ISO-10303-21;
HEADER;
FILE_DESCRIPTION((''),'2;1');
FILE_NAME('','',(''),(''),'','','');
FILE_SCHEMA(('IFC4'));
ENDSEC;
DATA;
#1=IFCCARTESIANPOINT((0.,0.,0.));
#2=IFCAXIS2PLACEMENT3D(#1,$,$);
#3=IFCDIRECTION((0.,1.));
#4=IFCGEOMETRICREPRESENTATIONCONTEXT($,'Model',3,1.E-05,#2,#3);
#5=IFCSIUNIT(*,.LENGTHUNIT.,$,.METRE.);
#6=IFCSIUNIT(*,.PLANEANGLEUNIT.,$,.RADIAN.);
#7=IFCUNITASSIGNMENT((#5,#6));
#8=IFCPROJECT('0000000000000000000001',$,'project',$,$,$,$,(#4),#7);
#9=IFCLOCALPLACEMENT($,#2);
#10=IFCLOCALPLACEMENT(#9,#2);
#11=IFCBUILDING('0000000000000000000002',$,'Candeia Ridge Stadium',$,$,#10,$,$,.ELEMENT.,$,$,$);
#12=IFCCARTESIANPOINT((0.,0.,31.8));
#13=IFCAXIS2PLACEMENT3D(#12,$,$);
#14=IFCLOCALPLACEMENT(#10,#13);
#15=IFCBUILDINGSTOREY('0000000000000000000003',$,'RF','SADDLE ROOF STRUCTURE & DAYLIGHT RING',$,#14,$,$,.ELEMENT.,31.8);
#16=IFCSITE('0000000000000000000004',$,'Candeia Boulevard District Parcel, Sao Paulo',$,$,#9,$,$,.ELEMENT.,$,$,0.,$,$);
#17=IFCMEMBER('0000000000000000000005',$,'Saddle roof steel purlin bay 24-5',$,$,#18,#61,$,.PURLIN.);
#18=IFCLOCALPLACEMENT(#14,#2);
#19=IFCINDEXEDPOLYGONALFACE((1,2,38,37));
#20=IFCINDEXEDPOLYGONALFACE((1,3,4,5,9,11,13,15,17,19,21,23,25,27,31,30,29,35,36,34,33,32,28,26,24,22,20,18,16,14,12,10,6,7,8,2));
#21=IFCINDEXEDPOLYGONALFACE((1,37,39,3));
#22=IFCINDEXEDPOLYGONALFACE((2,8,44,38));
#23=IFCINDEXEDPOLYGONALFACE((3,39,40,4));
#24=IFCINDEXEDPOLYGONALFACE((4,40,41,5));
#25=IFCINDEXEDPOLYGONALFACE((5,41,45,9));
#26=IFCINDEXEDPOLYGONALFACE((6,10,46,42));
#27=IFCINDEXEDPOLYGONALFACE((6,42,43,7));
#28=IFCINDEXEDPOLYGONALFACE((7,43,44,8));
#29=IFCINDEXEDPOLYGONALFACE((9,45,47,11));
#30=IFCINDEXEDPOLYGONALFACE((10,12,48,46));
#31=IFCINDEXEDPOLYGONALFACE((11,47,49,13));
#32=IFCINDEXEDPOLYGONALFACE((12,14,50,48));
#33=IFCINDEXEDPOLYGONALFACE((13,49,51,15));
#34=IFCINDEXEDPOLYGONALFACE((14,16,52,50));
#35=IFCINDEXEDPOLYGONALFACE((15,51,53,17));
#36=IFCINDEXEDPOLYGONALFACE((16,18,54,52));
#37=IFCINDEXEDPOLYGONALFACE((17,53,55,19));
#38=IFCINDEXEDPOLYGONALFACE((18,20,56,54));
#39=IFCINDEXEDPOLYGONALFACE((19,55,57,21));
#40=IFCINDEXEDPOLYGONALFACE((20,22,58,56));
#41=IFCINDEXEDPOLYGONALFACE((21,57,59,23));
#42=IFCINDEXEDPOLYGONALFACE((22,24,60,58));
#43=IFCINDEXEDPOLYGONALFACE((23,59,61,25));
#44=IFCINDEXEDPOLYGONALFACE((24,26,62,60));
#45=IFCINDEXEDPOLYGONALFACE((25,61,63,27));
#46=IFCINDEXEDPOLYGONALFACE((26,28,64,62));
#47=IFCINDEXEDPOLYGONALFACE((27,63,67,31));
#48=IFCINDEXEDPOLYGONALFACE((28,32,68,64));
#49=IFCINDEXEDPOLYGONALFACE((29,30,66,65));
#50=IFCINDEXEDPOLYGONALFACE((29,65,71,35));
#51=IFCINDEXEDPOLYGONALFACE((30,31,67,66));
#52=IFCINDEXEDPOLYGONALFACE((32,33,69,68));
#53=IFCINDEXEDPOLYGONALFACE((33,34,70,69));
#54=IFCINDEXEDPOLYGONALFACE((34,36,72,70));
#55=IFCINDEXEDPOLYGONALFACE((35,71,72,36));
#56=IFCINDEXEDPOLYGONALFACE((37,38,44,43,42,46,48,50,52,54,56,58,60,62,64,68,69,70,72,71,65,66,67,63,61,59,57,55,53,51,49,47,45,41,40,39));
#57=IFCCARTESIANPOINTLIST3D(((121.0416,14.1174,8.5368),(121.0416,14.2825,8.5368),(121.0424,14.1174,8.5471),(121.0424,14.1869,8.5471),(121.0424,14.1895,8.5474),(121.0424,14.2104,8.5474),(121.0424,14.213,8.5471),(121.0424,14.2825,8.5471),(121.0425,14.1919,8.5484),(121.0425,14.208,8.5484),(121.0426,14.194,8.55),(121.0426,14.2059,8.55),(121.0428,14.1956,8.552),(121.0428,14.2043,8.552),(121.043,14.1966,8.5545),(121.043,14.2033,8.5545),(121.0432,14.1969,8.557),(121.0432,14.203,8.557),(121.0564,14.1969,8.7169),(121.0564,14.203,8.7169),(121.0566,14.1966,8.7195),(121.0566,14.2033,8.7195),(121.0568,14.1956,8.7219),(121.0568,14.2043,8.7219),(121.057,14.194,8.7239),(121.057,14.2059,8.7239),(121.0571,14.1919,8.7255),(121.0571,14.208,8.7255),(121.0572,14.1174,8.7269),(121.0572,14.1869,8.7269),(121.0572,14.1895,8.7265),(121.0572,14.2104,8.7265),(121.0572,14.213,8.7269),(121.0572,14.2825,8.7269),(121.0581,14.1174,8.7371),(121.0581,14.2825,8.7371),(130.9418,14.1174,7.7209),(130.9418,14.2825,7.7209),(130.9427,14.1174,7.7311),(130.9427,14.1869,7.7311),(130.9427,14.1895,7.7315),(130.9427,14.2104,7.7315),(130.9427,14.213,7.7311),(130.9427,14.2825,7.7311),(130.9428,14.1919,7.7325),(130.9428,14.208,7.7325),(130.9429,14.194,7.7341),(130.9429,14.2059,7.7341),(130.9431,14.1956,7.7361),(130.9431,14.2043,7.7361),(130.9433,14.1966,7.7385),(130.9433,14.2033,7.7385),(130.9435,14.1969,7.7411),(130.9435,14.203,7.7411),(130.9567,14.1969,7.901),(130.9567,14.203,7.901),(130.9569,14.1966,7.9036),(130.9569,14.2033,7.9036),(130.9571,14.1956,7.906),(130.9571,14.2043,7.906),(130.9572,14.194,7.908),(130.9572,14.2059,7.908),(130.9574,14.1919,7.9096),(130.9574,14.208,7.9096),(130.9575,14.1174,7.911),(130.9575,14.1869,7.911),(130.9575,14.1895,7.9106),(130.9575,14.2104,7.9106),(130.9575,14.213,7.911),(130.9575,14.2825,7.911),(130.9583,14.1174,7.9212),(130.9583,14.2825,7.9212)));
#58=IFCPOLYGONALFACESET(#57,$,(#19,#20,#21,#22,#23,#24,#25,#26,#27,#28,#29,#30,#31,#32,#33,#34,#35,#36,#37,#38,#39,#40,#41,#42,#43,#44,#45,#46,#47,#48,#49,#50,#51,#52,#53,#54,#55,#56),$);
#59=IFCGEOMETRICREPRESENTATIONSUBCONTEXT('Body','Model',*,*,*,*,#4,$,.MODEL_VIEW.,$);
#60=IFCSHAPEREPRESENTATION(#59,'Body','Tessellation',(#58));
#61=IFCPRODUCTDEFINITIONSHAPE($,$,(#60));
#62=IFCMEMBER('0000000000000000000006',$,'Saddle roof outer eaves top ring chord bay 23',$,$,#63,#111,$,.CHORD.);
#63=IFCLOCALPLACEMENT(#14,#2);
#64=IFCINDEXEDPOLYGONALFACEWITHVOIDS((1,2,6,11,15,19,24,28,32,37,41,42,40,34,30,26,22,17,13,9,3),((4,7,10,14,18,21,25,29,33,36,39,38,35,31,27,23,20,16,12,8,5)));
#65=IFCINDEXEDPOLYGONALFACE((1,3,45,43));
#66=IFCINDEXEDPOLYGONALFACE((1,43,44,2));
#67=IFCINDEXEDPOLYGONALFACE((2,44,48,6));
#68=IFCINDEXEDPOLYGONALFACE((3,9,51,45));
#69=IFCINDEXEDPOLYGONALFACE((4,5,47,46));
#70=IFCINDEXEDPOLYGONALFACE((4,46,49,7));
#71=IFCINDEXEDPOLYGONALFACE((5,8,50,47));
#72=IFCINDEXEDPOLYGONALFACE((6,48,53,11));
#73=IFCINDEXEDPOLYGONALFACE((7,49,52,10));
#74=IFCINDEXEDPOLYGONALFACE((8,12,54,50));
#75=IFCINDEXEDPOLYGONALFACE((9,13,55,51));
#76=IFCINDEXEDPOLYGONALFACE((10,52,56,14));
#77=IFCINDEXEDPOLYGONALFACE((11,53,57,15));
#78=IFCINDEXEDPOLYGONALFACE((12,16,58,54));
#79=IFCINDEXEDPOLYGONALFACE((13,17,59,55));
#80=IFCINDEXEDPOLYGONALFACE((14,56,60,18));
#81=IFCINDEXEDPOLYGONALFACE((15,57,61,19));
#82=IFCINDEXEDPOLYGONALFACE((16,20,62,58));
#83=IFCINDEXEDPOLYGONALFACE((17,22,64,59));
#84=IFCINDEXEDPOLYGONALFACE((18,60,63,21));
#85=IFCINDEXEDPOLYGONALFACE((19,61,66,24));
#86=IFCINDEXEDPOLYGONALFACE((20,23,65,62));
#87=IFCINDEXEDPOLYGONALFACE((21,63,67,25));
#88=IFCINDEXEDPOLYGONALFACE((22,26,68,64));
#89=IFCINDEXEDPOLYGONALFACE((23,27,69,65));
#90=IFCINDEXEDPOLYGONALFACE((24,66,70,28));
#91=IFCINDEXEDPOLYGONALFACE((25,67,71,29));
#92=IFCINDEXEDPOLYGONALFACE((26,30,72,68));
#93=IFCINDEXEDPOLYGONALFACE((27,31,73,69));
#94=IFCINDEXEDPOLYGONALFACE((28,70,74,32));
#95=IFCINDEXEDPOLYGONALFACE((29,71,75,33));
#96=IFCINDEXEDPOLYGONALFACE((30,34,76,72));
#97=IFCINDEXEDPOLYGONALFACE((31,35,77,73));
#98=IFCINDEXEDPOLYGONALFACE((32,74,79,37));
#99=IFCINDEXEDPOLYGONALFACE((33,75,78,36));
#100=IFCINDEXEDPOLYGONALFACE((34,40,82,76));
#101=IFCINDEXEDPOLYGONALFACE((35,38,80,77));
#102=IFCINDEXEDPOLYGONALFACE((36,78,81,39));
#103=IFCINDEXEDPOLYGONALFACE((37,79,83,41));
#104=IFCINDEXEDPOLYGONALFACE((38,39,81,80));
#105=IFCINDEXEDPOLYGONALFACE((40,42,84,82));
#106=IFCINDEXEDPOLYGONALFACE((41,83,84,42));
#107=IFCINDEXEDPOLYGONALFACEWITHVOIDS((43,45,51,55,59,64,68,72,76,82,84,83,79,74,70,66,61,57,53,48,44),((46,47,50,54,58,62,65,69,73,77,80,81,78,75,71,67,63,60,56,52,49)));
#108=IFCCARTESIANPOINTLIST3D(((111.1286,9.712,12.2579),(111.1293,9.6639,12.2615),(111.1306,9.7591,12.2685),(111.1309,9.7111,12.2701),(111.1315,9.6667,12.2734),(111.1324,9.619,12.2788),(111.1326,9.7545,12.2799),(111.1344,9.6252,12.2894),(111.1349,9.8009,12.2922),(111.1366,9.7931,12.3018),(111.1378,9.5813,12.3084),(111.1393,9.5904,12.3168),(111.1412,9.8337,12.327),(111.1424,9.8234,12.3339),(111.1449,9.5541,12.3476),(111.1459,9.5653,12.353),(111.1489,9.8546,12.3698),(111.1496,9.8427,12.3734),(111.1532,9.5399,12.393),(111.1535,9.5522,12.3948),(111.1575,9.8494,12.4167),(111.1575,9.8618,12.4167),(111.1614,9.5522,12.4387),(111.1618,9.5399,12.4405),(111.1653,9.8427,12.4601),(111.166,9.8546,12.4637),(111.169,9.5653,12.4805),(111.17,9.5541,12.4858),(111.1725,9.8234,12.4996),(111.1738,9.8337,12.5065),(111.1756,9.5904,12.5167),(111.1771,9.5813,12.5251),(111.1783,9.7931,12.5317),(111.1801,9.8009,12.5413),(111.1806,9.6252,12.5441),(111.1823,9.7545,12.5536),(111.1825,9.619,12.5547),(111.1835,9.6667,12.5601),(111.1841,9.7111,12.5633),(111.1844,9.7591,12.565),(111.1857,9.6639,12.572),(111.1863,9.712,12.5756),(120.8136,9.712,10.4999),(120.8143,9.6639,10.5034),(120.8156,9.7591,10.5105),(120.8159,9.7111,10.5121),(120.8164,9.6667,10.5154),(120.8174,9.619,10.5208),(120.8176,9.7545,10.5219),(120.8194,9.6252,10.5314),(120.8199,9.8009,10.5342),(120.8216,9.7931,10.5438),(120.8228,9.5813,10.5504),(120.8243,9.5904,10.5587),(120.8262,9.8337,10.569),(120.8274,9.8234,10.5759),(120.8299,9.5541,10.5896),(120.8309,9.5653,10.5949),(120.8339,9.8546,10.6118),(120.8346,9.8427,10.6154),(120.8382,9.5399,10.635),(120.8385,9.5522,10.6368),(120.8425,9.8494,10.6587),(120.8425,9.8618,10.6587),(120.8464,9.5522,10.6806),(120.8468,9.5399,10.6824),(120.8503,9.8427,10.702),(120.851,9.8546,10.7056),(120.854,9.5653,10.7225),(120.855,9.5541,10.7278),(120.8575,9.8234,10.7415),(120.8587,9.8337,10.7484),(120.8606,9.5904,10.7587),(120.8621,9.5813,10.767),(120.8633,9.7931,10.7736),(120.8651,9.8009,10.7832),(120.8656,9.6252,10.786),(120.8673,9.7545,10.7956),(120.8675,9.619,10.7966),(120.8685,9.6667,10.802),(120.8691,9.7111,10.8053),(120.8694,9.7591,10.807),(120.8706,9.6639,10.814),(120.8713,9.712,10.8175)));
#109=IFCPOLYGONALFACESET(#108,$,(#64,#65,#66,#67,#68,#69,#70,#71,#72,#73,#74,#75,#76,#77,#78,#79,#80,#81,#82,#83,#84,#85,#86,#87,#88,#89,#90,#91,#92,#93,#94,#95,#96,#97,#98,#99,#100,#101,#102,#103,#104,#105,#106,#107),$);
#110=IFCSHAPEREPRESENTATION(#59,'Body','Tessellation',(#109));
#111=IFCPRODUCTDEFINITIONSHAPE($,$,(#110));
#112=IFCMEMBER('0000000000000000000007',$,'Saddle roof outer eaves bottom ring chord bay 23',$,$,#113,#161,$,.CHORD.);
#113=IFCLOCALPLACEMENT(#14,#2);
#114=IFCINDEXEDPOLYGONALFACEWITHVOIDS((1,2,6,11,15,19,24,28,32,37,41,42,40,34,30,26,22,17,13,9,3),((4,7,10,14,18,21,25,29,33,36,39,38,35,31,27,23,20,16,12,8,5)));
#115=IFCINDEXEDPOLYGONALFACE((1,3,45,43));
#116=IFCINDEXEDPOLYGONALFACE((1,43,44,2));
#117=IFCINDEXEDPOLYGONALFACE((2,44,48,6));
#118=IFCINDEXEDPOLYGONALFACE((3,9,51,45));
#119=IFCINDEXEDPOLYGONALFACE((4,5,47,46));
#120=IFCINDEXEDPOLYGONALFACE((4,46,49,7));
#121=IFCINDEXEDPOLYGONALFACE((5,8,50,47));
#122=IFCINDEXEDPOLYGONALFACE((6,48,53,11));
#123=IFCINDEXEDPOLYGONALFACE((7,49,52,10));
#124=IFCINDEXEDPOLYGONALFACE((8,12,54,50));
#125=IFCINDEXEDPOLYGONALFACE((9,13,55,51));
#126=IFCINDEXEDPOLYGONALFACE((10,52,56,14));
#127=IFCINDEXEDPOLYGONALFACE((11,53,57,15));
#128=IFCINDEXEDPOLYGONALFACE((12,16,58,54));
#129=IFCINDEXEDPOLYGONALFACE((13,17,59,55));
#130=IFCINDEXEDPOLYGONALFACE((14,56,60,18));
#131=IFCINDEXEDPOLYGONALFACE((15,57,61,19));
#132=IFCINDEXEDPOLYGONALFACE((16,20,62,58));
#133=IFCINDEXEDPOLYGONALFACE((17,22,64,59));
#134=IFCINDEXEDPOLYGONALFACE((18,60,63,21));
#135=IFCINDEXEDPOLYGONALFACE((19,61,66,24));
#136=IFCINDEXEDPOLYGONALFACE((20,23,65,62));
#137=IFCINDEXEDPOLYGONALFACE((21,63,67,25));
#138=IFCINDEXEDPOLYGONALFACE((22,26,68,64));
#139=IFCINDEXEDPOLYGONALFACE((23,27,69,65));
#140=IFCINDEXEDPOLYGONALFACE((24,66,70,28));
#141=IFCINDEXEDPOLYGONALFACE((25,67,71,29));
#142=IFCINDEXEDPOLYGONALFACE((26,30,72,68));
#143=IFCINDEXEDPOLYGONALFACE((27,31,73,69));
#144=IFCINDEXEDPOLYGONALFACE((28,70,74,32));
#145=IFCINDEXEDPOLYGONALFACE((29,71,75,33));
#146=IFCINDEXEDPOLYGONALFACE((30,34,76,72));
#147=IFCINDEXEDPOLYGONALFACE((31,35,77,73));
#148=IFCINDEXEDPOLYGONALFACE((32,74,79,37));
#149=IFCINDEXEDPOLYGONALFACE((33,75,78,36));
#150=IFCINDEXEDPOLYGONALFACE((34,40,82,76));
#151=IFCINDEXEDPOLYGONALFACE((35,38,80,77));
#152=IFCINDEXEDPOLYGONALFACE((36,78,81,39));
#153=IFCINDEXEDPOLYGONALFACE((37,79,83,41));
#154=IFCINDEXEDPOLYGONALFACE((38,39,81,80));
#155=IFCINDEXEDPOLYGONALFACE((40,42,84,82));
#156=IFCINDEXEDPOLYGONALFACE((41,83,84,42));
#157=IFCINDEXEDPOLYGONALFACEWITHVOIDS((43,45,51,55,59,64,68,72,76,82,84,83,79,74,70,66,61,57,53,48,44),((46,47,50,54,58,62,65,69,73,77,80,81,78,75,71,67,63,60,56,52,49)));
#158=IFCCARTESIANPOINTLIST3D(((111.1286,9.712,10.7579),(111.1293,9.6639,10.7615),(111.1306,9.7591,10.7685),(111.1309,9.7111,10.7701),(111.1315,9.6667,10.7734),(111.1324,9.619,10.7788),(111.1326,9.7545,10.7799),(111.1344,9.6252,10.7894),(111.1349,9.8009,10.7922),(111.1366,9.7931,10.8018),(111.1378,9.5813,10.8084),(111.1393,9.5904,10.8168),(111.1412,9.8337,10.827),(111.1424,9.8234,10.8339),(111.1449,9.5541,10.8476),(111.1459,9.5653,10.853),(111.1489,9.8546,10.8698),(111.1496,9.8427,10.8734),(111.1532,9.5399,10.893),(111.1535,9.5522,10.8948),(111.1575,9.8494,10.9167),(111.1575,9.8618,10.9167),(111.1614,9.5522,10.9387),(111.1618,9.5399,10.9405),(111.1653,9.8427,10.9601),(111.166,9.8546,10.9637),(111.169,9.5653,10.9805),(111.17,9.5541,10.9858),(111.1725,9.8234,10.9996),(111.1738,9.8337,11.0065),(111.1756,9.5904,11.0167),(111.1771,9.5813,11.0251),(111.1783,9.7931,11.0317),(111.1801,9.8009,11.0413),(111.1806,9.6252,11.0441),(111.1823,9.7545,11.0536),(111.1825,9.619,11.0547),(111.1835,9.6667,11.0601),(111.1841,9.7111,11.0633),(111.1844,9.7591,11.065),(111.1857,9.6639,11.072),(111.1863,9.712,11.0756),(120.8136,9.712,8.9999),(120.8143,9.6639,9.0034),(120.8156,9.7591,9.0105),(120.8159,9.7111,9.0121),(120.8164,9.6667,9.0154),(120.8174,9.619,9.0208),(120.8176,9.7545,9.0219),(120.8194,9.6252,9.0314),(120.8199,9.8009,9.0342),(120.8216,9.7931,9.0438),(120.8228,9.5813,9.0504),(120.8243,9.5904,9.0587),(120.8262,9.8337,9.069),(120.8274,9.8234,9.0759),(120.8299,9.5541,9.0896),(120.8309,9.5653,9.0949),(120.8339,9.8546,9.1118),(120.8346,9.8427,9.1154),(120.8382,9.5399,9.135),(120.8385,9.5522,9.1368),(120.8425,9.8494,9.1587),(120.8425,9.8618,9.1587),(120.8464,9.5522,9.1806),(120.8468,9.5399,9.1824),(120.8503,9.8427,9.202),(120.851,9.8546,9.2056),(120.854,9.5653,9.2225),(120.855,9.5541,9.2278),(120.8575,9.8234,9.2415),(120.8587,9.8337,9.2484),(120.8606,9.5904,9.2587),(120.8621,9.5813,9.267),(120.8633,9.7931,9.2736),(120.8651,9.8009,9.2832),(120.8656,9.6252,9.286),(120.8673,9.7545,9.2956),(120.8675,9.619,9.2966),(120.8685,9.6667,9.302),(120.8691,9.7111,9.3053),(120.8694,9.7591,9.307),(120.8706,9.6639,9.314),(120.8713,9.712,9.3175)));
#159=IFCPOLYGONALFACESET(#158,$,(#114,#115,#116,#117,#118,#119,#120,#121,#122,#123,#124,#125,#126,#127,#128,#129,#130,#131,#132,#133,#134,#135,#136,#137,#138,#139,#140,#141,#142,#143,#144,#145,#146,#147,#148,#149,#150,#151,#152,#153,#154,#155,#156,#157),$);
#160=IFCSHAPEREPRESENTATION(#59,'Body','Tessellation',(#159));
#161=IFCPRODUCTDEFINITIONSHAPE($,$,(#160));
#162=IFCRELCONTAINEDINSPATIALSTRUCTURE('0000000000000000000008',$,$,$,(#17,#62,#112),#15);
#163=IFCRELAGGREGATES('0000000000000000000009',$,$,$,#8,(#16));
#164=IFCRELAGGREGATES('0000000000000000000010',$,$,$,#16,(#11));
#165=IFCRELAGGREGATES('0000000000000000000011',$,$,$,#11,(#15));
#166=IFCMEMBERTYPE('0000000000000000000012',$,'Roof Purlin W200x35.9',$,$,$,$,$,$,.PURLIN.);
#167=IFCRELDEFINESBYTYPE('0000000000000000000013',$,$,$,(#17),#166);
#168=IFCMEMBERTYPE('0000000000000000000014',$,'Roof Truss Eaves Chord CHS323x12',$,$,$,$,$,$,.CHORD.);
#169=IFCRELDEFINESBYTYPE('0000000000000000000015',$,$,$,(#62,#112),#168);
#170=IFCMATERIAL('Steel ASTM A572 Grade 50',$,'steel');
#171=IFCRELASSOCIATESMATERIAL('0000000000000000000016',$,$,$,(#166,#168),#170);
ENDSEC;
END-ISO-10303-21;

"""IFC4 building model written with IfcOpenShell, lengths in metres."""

from ifc_helpers import new_model, si_unit, direction, frame, origin, origin_2d, place, context, subcontext, project, spatial, hollow_circle, i_section, extrude, material, material_profile, profile_set, type_object, element, save


model = new_model("IFC4")

# Units and contexts
model_context = context("Model", 3, precision=1e-05, world=origin(), true_north=direction((0.0, 1.0)))
body_context = subcontext(model_context, "Body", "Model", "MODEL_VIEW")
ifc_project = project(units=[si_unit("LENGTHUNIT", "METRE"), si_unit("PLANEANGLEUNIT", "RADIAN")], contexts=[model_context])

# Site, building, storey
site_placement = place(None, origin())
site = spatial("IfcSite", under=ifc_project, at=site_placement, Name="Candeia Boulevard District Parcel, Sao Paulo", CompositionType="ELEMENT", RefElevation=0.0)
building_placement = place(site_placement, origin())
building = spatial("IfcBuilding", under=site, at=building_placement, Name="Candeia Ridge Stadium", CompositionType="ELEMENT")
storey_placement = place(building_placement, frame((0.0, 0.0, 31.8)))
storey = spatial("IfcBuildingStorey", under=building, at=storey_placement, Name="RF", Description="SADDLE ROOF STRUCTURE & DAYLIGHT RING", CompositionType="ELEMENT", Elevation=31.8)

# Shared definitions
ifc_material_1 = material(Name="Steel ASTM A572 Grade 50", Category="steel")

# Members
ifc_material_profile_1 = material_profile(ifc_material_1, i_section(OverallWidth=0.165, OverallDepth=0.2009, WebThickness=0.0061, FlangeThickness=0.0103, FilletRadius=0.01, at=origin_2d()), Name="W200x35.9", Category="steel")
ifc_profile_set_1 = profile_set([ifc_material_profile_1], Name="Steel ASTM A572 Grade 50")
member_type_1 = type_object("IfcMemberType", Name="Roof Purlin W200x35.9", PredefinedType="PURLIN", material=ifc_profile_set_1)
member_1_placement = place(storey_placement, frame((121.0498, 14.2, 8.637), z_axis=(0.996621, 0.0, -0.082134), x_axis=(0.0, 1.0, 0.0)))
element("IfcMember", 1, at=member_1_placement, inside=storey, type_object=member_type_1, Name="Saddle roof steel purlin bay 24-5", PredefinedType="PURLIN", context=body_context, shape_type="SweptSolid", body=[
    extrude(i_section(OverallWidth=0.165, OverallDepth=0.2009, WebThickness=0.0061, FlangeThickness=0.0103, FilletRadius=0.01, at=origin_2d()), origin(), (0.0, 0.0, 1.0), 9.9338),
])
ifc_material_profile_2 = material_profile(ifc_material_1, hollow_circle(Radius=0.1619, WallThickness=0.0125, at=origin_2d()), Name="CHS323x12", Category="steel")
ifc_profile_set_2 = profile_set([ifc_material_profile_2], Name="Steel ASTM A572 Grade 50")
member_type_2 = type_object("IfcMemberType", Name="Roof Truss Eaves Chord CHS323x12", PredefinedType="CHORD", material=ifc_profile_set_2)
for number, where, z_axis, x_axis, name in (
    (2, (111.1575, 9.7, 12.4167), (0.983921, 0.0, -0.178604), (0.0, 1.0, 0.0), "Saddle roof outer eaves top ring chord bay 23"),
    (3, (111.1575, 9.7, 10.9167), (0.983921, 0.0, -0.178604), (0.0, 1.0, 0.0), "Saddle roof outer eaves bottom ring chord bay 23"),
):
    element("IfcMember", number, at=place(storey_placement, frame(where, z_axis=z_axis, x_axis=x_axis)), inside=storey, type_object=member_type_2, Name=name, PredefinedType="CHORD", context=body_context, shape_type="SweptSolid", body=[
        extrude(hollow_circle(Radius=0.1619, WallThickness=0.0125, at=origin_2d()), origin(), (0.0, 0.0, 1.0), 9.8433),
    ])

save(model, "model.ifc")
